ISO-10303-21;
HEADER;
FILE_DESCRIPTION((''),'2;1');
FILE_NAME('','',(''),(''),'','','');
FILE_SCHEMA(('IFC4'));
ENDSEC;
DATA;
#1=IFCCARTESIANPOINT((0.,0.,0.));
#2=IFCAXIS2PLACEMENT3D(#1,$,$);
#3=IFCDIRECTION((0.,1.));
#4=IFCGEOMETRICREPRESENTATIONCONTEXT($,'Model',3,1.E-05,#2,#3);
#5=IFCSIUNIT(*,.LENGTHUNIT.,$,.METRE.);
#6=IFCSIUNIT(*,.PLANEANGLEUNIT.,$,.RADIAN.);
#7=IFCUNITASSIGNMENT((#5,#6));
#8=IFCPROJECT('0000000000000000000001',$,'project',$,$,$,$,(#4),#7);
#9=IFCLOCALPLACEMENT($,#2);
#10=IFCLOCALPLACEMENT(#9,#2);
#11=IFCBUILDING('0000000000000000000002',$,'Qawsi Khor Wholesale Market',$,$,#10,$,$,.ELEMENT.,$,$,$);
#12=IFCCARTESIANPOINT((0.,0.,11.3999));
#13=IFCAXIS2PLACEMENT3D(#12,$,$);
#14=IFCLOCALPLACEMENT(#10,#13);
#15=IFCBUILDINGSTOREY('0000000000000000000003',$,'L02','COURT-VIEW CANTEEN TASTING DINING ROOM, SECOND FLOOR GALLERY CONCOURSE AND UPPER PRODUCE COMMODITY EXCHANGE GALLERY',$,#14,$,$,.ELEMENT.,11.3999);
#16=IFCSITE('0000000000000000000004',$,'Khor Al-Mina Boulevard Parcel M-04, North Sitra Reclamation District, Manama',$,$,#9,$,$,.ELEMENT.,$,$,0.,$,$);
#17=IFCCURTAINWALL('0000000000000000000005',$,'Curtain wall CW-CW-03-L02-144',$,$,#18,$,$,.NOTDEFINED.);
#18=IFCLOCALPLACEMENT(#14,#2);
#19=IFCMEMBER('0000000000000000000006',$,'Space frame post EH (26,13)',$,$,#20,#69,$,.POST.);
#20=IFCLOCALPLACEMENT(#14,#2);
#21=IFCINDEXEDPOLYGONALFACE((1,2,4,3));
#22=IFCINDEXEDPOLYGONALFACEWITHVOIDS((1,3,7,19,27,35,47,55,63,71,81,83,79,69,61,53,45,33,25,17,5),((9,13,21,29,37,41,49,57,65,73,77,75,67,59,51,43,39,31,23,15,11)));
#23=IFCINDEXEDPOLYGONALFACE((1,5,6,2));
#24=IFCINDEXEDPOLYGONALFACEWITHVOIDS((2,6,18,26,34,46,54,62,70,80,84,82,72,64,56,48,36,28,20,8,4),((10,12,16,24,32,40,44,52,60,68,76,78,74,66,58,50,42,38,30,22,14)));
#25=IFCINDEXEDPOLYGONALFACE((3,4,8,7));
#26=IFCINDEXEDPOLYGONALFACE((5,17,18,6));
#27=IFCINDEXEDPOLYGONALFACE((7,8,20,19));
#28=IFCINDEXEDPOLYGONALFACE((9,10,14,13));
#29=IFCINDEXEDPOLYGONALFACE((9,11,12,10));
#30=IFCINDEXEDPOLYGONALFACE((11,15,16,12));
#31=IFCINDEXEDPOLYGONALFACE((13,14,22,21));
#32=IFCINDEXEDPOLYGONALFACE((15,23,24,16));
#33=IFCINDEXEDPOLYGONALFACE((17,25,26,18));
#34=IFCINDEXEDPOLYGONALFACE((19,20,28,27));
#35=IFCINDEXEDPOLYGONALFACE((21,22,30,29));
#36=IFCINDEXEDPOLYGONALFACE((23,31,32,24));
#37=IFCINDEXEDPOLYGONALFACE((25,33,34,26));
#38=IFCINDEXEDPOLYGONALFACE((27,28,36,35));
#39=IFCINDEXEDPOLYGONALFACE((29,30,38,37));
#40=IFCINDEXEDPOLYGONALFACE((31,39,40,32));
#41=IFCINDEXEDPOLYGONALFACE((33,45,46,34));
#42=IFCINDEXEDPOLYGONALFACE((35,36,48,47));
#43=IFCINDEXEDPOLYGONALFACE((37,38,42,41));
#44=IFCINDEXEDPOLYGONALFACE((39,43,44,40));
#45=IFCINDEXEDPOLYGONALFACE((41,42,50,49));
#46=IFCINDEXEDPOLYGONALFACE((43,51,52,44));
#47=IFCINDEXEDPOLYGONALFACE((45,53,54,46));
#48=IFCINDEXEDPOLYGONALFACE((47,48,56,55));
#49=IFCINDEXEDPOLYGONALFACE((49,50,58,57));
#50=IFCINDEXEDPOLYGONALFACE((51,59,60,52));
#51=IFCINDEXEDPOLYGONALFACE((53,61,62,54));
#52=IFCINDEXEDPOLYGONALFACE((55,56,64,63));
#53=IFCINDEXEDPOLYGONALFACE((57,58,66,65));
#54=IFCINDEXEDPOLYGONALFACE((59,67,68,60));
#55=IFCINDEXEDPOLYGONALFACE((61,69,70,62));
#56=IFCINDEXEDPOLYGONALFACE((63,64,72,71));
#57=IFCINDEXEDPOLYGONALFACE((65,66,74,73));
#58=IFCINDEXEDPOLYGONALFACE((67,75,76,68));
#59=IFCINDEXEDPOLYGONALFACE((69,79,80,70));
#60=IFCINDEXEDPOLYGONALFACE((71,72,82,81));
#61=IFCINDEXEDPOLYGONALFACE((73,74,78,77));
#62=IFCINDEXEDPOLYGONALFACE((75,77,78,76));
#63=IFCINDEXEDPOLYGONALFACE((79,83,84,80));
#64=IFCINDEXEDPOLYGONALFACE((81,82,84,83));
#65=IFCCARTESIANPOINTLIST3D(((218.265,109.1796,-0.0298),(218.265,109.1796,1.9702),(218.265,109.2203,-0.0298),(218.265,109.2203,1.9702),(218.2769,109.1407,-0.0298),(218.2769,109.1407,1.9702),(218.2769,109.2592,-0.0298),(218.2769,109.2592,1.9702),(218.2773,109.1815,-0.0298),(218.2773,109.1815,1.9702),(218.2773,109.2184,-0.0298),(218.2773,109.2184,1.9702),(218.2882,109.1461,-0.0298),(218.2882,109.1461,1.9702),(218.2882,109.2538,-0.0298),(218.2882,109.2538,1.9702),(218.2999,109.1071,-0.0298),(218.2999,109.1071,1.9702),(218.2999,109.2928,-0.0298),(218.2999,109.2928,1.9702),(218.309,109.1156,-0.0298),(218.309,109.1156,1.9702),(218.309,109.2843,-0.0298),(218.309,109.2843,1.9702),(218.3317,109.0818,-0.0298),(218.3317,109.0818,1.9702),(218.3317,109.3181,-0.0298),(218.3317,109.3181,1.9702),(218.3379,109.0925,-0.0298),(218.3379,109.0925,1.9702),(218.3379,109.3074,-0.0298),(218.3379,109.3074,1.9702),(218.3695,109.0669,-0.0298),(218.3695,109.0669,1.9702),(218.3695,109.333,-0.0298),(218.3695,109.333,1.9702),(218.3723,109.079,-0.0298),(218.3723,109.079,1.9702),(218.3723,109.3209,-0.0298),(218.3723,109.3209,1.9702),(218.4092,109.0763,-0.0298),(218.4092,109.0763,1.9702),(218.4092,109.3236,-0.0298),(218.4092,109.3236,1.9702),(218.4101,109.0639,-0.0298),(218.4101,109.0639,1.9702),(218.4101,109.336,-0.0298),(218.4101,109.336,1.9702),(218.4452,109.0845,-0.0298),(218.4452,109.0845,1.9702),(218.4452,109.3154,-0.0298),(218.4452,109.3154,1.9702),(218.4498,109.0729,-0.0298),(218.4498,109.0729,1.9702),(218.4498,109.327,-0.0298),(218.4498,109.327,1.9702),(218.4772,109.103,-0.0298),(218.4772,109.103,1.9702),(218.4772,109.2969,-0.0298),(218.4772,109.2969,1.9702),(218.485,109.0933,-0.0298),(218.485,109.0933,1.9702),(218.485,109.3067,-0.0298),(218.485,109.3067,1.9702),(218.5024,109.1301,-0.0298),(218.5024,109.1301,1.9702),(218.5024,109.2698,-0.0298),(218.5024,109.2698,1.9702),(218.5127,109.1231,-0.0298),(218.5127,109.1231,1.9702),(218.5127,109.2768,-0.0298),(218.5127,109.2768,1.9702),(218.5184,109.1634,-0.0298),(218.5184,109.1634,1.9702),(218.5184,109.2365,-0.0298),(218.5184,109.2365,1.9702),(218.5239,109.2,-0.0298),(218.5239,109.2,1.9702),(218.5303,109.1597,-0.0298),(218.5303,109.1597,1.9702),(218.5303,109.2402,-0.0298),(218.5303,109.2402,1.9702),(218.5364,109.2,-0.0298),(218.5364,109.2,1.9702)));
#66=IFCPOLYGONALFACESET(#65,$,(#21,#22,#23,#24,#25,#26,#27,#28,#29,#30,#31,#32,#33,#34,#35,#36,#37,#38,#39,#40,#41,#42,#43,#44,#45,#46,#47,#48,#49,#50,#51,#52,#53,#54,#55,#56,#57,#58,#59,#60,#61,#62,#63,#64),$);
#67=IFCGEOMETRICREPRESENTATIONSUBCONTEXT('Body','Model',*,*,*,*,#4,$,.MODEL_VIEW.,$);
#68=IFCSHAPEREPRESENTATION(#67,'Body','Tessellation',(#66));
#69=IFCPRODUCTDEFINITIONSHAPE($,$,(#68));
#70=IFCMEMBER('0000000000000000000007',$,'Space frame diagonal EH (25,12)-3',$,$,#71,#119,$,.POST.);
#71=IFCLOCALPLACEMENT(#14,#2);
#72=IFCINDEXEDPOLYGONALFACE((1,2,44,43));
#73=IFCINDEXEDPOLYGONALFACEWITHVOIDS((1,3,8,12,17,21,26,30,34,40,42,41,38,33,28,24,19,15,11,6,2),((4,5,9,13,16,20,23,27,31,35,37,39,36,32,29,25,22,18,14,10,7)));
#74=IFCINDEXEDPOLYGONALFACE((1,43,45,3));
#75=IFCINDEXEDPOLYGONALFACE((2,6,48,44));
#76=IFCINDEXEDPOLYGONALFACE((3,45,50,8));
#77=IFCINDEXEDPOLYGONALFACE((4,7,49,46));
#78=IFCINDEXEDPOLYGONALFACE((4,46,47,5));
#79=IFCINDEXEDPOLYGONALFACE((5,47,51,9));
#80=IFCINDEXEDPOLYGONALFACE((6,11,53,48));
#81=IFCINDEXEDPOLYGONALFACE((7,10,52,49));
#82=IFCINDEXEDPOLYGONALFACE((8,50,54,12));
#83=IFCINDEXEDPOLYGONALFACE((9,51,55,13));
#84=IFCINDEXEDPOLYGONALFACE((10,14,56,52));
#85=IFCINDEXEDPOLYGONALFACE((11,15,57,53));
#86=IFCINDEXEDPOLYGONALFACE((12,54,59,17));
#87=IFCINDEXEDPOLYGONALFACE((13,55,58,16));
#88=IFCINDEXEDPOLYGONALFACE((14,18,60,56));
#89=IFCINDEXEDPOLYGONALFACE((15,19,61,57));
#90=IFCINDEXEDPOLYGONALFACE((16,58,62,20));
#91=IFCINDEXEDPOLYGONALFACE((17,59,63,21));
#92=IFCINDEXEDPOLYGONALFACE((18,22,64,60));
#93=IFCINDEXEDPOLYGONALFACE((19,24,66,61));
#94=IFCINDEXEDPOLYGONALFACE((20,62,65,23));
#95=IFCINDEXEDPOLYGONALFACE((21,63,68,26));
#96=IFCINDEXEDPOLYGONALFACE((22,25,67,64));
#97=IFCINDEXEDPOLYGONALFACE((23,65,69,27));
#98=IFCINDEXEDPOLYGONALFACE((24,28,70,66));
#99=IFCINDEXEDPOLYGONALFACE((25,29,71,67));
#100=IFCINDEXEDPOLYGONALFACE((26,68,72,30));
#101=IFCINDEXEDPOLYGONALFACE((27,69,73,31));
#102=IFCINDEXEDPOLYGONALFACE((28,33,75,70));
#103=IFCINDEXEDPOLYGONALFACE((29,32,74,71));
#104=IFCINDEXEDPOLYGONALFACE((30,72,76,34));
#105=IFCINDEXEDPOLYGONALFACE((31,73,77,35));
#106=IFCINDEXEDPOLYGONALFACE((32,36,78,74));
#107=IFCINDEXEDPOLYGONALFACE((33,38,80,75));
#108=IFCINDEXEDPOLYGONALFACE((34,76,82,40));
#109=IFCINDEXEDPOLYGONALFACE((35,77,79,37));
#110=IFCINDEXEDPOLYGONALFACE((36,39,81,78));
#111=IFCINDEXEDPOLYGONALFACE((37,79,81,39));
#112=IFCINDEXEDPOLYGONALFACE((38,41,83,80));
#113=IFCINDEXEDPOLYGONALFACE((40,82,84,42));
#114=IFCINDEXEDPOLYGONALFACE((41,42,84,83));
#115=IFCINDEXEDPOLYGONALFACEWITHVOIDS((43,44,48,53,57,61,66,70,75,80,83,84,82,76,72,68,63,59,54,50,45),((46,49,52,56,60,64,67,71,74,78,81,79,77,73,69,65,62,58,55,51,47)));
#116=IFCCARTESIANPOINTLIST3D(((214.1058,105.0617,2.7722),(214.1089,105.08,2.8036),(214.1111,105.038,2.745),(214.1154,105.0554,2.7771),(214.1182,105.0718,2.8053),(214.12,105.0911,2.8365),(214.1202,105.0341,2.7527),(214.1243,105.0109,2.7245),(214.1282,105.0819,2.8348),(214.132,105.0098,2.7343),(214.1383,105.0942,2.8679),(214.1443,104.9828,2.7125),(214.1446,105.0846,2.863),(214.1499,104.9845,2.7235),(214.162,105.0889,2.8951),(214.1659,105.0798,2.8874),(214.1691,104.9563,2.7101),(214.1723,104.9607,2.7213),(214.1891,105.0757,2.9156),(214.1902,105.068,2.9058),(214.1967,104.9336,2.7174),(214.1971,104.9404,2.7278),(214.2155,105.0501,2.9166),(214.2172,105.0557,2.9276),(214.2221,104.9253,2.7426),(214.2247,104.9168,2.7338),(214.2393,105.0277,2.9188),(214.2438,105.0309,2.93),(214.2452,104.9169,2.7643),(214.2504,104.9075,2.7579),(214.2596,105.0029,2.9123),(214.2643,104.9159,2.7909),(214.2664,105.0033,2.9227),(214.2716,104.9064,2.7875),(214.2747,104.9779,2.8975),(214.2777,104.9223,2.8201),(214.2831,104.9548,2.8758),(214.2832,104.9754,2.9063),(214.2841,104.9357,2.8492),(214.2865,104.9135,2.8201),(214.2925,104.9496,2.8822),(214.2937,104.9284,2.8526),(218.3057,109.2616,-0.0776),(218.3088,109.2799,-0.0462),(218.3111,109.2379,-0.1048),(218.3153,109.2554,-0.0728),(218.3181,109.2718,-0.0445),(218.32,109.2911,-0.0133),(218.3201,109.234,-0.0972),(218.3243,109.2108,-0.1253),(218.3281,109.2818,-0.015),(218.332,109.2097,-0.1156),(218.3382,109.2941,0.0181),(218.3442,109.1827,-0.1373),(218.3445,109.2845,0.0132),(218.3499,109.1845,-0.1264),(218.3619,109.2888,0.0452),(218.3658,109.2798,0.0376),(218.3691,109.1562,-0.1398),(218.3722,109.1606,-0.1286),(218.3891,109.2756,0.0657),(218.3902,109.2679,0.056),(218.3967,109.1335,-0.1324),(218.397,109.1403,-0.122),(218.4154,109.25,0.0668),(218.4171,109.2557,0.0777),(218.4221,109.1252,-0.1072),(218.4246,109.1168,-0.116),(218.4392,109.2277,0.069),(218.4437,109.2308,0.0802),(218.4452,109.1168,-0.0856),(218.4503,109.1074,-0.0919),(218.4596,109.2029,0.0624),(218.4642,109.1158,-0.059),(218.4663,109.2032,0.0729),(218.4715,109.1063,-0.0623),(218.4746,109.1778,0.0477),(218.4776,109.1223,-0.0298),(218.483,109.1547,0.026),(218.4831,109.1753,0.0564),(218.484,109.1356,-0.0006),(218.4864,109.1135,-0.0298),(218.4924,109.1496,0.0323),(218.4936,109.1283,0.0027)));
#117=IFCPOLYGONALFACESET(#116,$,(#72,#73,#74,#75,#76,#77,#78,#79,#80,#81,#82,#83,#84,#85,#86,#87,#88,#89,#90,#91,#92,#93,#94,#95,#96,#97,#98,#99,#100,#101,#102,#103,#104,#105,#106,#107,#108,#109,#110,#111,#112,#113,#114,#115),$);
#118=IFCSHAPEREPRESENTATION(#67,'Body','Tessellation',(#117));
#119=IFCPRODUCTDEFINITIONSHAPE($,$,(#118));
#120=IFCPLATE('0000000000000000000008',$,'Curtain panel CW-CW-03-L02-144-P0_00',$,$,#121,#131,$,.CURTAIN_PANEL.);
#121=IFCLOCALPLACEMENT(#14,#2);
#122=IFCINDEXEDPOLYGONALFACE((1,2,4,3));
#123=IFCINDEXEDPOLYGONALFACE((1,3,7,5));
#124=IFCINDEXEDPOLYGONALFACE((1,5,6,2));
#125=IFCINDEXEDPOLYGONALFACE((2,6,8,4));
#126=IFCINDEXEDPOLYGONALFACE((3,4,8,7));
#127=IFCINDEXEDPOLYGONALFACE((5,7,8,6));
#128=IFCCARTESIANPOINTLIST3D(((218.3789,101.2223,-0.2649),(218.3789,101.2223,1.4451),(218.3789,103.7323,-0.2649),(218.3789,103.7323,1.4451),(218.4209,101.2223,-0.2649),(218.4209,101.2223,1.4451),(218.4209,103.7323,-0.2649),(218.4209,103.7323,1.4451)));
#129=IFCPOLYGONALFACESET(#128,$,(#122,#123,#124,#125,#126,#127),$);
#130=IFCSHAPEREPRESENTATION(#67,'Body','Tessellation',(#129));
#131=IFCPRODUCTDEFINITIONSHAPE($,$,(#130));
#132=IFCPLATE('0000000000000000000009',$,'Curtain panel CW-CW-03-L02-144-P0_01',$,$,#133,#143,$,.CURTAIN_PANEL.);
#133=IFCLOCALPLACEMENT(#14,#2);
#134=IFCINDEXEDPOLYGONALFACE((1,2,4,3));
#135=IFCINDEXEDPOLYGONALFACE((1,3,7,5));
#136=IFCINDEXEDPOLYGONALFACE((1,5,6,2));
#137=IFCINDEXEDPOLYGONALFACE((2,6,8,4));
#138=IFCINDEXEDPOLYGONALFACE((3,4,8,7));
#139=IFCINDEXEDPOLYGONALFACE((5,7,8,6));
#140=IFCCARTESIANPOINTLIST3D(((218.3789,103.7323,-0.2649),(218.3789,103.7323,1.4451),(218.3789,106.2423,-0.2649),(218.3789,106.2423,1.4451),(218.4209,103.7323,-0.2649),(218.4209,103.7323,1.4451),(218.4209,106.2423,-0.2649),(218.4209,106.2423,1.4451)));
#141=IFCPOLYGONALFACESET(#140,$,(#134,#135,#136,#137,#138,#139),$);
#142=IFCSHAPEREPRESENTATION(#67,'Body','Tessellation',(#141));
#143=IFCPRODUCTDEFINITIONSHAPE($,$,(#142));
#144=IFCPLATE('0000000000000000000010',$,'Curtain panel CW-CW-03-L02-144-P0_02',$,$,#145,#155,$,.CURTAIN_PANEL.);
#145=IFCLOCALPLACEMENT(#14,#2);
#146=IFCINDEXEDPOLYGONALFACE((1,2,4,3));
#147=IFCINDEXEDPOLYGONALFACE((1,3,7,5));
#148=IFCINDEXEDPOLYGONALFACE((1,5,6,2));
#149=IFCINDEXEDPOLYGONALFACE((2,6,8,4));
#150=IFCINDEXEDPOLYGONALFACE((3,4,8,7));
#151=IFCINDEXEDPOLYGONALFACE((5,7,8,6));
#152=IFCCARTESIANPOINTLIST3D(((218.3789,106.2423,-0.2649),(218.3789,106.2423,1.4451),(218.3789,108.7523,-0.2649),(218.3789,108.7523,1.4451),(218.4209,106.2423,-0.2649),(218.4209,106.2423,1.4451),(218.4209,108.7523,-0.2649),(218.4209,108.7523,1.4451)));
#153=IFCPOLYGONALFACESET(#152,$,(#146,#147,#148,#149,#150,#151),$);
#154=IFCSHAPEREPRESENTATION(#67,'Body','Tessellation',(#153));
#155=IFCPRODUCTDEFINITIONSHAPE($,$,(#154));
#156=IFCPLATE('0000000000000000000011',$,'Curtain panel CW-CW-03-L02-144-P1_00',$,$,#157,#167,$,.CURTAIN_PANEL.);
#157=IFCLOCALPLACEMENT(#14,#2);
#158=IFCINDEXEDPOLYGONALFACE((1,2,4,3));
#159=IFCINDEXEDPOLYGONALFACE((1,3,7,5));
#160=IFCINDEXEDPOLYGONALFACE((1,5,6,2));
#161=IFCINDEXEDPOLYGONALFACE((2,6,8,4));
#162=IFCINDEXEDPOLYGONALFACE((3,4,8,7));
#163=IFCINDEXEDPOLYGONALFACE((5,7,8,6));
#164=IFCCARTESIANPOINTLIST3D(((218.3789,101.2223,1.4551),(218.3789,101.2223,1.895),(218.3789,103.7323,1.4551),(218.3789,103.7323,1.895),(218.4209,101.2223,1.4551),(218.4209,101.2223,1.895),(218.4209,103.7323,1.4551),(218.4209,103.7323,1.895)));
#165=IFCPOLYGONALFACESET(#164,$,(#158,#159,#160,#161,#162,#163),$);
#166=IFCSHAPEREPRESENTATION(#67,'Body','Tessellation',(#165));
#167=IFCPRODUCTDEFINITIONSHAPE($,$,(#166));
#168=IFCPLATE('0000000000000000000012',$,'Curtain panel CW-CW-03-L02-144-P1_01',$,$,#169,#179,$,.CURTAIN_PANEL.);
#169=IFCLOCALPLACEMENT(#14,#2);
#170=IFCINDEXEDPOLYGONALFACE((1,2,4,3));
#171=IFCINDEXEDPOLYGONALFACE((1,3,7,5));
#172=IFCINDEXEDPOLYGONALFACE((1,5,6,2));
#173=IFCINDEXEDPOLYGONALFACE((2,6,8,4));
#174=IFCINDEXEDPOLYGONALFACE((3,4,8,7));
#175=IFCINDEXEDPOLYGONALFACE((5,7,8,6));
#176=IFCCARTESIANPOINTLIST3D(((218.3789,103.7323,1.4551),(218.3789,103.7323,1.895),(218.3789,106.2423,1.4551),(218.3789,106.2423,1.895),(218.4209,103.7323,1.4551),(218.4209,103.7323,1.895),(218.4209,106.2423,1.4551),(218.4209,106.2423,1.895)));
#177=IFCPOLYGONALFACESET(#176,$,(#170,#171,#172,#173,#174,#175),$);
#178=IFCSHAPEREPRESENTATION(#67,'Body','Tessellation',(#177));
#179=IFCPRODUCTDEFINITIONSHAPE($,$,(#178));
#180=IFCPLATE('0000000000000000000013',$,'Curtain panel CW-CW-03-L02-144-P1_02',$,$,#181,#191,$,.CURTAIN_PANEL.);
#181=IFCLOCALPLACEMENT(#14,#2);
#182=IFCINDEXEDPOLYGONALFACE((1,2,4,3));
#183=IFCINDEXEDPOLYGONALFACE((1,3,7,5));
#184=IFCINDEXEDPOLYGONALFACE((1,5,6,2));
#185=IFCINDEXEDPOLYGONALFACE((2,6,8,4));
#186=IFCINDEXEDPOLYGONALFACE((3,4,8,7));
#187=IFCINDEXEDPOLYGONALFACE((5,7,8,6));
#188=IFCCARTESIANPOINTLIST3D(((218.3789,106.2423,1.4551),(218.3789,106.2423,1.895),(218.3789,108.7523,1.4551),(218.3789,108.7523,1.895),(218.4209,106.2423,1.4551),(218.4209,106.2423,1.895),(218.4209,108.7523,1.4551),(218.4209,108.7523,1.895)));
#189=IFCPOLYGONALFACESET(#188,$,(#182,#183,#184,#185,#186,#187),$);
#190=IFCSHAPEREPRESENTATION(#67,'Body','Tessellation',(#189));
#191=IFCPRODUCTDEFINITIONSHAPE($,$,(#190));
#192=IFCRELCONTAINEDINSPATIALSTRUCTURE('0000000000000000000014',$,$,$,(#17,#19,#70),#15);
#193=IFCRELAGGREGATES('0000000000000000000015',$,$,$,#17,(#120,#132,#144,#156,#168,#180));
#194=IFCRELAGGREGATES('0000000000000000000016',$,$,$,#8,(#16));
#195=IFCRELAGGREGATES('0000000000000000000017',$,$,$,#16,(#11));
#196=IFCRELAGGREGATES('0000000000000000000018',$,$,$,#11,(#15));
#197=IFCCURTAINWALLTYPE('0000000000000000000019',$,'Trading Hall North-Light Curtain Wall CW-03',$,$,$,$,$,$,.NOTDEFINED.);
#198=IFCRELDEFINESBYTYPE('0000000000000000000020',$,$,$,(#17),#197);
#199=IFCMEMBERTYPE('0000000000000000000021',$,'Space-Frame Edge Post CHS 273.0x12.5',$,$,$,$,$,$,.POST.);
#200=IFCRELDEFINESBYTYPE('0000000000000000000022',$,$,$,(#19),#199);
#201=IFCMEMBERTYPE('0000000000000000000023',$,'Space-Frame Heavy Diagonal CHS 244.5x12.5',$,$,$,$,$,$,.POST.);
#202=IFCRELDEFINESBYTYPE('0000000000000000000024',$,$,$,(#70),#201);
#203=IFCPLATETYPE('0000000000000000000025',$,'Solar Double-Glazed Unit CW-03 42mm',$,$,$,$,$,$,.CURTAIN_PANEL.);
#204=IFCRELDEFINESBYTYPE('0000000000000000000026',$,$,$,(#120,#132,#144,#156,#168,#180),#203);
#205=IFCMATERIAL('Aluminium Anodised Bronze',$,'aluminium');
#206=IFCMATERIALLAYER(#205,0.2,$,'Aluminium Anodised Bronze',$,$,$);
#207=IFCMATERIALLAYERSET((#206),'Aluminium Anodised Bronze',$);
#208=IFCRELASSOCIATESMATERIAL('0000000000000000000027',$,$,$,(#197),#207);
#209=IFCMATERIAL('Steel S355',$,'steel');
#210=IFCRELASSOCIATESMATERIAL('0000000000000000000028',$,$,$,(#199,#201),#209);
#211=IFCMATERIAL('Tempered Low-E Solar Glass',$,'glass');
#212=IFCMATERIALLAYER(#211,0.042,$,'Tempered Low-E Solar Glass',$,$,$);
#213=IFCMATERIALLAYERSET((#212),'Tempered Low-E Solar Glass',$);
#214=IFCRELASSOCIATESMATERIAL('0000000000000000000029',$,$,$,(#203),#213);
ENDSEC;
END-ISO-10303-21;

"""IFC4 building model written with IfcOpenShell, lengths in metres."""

from ifc_helpers import new_model, si_unit, direction, frame, frame_2d, origin, origin_2d, place, context, subcontext, project, spatial, rectangle, hollow_circle, extrude, material, layer, layer_set, material_profile, profile_set, type_object, element, aggregate, save


model = new_model("IFC4")

# Units and contexts
model_context = context("Model", 3, precision=1e-05, world=origin(), true_north=direction((0.0, 1.0)))
body_context = subcontext(model_context, "Body", "Model", "MODEL_VIEW")
ifc_project = project(units=[si_unit("LENGTHUNIT", "METRE"), si_unit("PLANEANGLEUNIT", "RADIAN")], contexts=[model_context])

# Site, building, storey
site_placement = place(None, origin())
site = spatial("IfcSite", under=ifc_project, at=site_placement, Name="Khor Al-Mina Boulevard Parcel M-04, North Sitra Reclamation District, Manama", CompositionType="ELEMENT", RefElevation=0.0)
building_placement = place(site_placement, origin())
building = spatial("IfcBuilding", under=site, at=building_placement, Name="Qawsi Khor Wholesale Market", CompositionType="ELEMENT")
storey_placement = place(building_placement, frame((0.0, 0.0, 11.3999)))
storey = spatial("IfcBuildingStorey", under=building, at=storey_placement, Name="L02", Description="COURT-VIEW CANTEEN TASTING DINING ROOM, SECOND FLOOR GALLERY CONCOURSE AND UPPER PRODUCE COMMODITY EXCHANGE GALLERY", CompositionType="ELEMENT", Elevation=11.3999)

# Curtain wall
ifc_material_1 = material(Name="Aluminium Anodised Bronze", Category="aluminium")
ifc_layer_1 = layer(ifc_material_1, 0.2, Name="Aluminium Anodised Bronze")
ifc_layer_set_1 = layer_set([ifc_layer_1], Name="Aluminium Anodised Bronze")
curtain_wall_type = type_object("IfcCurtainWallType", Name="Trading Hall North-Light Curtain Wall CW-03", PredefinedType="NOTDEFINED", material=ifc_layer_set_1)
curtain_wall_1_placement = place(storey_placement, origin())
curtain_wall_1 = element("IfcCurtainWall", 1, at=curtain_wall_1_placement, inside=storey, type_object=curtain_wall_type, Name="Curtain wall CW-CW-03-L02-144", PredefinedType="NOTDEFINED")

# Members
ifc_material_2 = material(Name="Steel S355", Category="steel")
ifc_material_profile_1 = material_profile(ifc_material_2, hollow_circle(Radius=0.1365, WallThickness=0.0125, at=origin_2d()), Name="CHS 273.0x12.5")
ifc_profile_set_1 = profile_set([ifc_material_profile_1], Name="Steel S355")
member_type_1 = type_object("IfcMemberType", Name="Space-Frame Edge Post CHS 273.0x12.5", PredefinedType="POST", material=ifc_profile_set_1)
member_1_placement = place(storey_placement, frame((218.3999, 109.2, -0.0298), z_axis=(0.0, 0.0, 1.0), x_axis=(1.0, 0.0, 0.0)))
element("IfcMember", 2, at=member_1_placement, inside=storey, type_object=member_type_1, Name="Space frame post EH (26,13)", PredefinedType="POST", context=body_context, shape_type="SweptSolid", body=[
    extrude(hollow_circle(Radius=0.1365, WallThickness=0.0125, at=origin_2d()), origin(), (0.0, 0.0, 1.0), 2.0),
])
ifc_material_profile_2 = material_profile(ifc_material_2, hollow_circle(Radius=0.1223, WallThickness=0.0125, at=origin_2d()), Name="CHS 244.5x12.5")
ifc_profile_set_2 = profile_set([ifc_material_profile_2], Name="Steel S355")
member_type_2 = type_object("IfcMemberType", Name="Space-Frame Heavy Diagonal CHS 244.5x12.5", PredefinedType="POST", material=ifc_profile_set_2)
member_2_placement = place(storey_placement, frame((218.3999, 109.2, -0.0298), z_axis=(-0.637522, -0.637522, 0.432587), x_axis=(0.707107, -0.707107, 0.0)))
element("IfcMember", 3, at=member_2_placement, inside=storey, type_object=member_type_2, Name="Space frame diagonal EH (25,12)-3", PredefinedType="POST", context=body_context, shape_type="SweptSolid", body=[
    extrude(hollow_circle(Radius=0.1223, WallThickness=0.0125, at=origin_2d()), origin(), (0.0, 0.0, 1.0), 6.5879),
])

# Plates
ifc_material_3 = material(Name="Tempered Low-E Solar Glass", Category="glass")
ifc_layer_2 = layer(ifc_material_3, 0.042, Name="Tempered Low-E Solar Glass")
ifc_layer_set_2 = layer_set([ifc_layer_2], Name="Tempered Low-E Solar Glass")
plate_type = type_object("IfcPlateType", Name="Solar Double-Glazed Unit CW-03 42mm", PredefinedType="CURTAIN_PANEL", material=ifc_layer_set_2)
plate_1_placement = place(storey_placement, frame((218.3999, 101.2224, -0.2649), z_axis=(0.0, 0.0, 1.0), x_axis=(0.0, 1.0, 0.0)))
plate_1 = element("IfcPlate", 4, at=plate_1_placement, type_object=plate_type, Name="Curtain panel CW-CW-03-L02-144-P0_00", PredefinedType="CURTAIN_PANEL", context=body_context, shape_type="SweptSolid", body=[
    extrude(rectangle(XDim=2.51, YDim=0.042, at=frame_2d((1.2549, 0.0))), origin(), (0.0, 0.0, 1.0), 1.71),
])
plate_2_placement = place(storey_placement, frame((218.3999, 103.7324, -0.2649), z_axis=(0.0, 0.0, 1.0), x_axis=(0.0, 1.0, 0.0)))
plate_2 = element("IfcPlate", 5, at=plate_2_placement, type_object=plate_type, Name="Curtain panel CW-CW-03-L02-144-P0_01", PredefinedType="CURTAIN_PANEL", context=body_context, shape_type="SweptSolid", body=[
    extrude(rectangle(XDim=2.51, YDim=0.042, at=frame_2d((1.2549, 0.0))), origin(), (0.0, 0.0, 1.0), 1.71),
])
plate_3_placement = place(storey_placement, frame((218.3999, 106.2424, -0.2649), z_axis=(0.0, 0.0, 1.0), x_axis=(0.0, 1.0, 0.0)))
plate_3 = element("IfcPlate", 6, at=plate_3_placement, type_object=plate_type, Name="Curtain panel CW-CW-03-L02-144-P0_02", PredefinedType="CURTAIN_PANEL", context=body_context, shape_type="SweptSolid", body=[
    extrude(rectangle(XDim=2.51, YDim=0.042, at=frame_2d((1.2549, 0.0))), origin(), (0.0, 0.0, 1.0), 1.71),
])
plate_4_placement = place(storey_placement, frame((218.3999, 101.2224, 1.4551), z_axis=(0.0, 0.0, 1.0), x_axis=(0.0, 1.0, 0.0)))
plate_4 = element("IfcPlate", 7, at=plate_4_placement, type_object=plate_type, Name="Curtain panel CW-CW-03-L02-144-P1_00", PredefinedType="CURTAIN_PANEL", context=body_context, shape_type="SweptSolid", body=[
    extrude(rectangle(XDim=2.51, YDim=0.042, at=frame_2d((1.2549, 0.0))), origin(), (0.0, 0.0, 1.0), 0.4399),
])
plate_5_placement = place(storey_placement, frame((218.3999, 103.7324, 1.4551), z_axis=(0.0, 0.0, 1.0), x_axis=(0.0, 1.0, 0.0)))
plate_5 = element("IfcPlate", 8, at=plate_5_placement, type_object=plate_type, Name="Curtain panel CW-CW-03-L02-144-P1_01", PredefinedType="CURTAIN_PANEL", context=body_context, shape_type="SweptSolid", body=[
    extrude(rectangle(XDim=2.51, YDim=0.042, at=frame_2d((1.2549, 0.0))), origin(), (0.0, 0.0, 1.0), 0.4399),
])
plate_6_placement = place(storey_placement, frame((218.3999, 106.2424, 1.4551), z_axis=(0.0, 0.0, 1.0), x_axis=(0.0, 1.0, 0.0)))
plate_6 = element("IfcPlate", 9, at=plate_6_placement, type_object=plate_type, Name="Curtain panel CW-CW-03-L02-144-P1_02", PredefinedType="CURTAIN_PANEL", context=body_context, shape_type="SweptSolid", body=[
    extrude(rectangle(XDim=2.51, YDim=0.042, at=frame_2d((1.2549, 0.0))), origin(), (0.0, 0.0, 1.0), 0.4399),
])
aggregate(curtain_wall_1, [plate_1, plate_2, plate_3, plate_4, plate_5, plate_6])

save(model, "model.ifc")
